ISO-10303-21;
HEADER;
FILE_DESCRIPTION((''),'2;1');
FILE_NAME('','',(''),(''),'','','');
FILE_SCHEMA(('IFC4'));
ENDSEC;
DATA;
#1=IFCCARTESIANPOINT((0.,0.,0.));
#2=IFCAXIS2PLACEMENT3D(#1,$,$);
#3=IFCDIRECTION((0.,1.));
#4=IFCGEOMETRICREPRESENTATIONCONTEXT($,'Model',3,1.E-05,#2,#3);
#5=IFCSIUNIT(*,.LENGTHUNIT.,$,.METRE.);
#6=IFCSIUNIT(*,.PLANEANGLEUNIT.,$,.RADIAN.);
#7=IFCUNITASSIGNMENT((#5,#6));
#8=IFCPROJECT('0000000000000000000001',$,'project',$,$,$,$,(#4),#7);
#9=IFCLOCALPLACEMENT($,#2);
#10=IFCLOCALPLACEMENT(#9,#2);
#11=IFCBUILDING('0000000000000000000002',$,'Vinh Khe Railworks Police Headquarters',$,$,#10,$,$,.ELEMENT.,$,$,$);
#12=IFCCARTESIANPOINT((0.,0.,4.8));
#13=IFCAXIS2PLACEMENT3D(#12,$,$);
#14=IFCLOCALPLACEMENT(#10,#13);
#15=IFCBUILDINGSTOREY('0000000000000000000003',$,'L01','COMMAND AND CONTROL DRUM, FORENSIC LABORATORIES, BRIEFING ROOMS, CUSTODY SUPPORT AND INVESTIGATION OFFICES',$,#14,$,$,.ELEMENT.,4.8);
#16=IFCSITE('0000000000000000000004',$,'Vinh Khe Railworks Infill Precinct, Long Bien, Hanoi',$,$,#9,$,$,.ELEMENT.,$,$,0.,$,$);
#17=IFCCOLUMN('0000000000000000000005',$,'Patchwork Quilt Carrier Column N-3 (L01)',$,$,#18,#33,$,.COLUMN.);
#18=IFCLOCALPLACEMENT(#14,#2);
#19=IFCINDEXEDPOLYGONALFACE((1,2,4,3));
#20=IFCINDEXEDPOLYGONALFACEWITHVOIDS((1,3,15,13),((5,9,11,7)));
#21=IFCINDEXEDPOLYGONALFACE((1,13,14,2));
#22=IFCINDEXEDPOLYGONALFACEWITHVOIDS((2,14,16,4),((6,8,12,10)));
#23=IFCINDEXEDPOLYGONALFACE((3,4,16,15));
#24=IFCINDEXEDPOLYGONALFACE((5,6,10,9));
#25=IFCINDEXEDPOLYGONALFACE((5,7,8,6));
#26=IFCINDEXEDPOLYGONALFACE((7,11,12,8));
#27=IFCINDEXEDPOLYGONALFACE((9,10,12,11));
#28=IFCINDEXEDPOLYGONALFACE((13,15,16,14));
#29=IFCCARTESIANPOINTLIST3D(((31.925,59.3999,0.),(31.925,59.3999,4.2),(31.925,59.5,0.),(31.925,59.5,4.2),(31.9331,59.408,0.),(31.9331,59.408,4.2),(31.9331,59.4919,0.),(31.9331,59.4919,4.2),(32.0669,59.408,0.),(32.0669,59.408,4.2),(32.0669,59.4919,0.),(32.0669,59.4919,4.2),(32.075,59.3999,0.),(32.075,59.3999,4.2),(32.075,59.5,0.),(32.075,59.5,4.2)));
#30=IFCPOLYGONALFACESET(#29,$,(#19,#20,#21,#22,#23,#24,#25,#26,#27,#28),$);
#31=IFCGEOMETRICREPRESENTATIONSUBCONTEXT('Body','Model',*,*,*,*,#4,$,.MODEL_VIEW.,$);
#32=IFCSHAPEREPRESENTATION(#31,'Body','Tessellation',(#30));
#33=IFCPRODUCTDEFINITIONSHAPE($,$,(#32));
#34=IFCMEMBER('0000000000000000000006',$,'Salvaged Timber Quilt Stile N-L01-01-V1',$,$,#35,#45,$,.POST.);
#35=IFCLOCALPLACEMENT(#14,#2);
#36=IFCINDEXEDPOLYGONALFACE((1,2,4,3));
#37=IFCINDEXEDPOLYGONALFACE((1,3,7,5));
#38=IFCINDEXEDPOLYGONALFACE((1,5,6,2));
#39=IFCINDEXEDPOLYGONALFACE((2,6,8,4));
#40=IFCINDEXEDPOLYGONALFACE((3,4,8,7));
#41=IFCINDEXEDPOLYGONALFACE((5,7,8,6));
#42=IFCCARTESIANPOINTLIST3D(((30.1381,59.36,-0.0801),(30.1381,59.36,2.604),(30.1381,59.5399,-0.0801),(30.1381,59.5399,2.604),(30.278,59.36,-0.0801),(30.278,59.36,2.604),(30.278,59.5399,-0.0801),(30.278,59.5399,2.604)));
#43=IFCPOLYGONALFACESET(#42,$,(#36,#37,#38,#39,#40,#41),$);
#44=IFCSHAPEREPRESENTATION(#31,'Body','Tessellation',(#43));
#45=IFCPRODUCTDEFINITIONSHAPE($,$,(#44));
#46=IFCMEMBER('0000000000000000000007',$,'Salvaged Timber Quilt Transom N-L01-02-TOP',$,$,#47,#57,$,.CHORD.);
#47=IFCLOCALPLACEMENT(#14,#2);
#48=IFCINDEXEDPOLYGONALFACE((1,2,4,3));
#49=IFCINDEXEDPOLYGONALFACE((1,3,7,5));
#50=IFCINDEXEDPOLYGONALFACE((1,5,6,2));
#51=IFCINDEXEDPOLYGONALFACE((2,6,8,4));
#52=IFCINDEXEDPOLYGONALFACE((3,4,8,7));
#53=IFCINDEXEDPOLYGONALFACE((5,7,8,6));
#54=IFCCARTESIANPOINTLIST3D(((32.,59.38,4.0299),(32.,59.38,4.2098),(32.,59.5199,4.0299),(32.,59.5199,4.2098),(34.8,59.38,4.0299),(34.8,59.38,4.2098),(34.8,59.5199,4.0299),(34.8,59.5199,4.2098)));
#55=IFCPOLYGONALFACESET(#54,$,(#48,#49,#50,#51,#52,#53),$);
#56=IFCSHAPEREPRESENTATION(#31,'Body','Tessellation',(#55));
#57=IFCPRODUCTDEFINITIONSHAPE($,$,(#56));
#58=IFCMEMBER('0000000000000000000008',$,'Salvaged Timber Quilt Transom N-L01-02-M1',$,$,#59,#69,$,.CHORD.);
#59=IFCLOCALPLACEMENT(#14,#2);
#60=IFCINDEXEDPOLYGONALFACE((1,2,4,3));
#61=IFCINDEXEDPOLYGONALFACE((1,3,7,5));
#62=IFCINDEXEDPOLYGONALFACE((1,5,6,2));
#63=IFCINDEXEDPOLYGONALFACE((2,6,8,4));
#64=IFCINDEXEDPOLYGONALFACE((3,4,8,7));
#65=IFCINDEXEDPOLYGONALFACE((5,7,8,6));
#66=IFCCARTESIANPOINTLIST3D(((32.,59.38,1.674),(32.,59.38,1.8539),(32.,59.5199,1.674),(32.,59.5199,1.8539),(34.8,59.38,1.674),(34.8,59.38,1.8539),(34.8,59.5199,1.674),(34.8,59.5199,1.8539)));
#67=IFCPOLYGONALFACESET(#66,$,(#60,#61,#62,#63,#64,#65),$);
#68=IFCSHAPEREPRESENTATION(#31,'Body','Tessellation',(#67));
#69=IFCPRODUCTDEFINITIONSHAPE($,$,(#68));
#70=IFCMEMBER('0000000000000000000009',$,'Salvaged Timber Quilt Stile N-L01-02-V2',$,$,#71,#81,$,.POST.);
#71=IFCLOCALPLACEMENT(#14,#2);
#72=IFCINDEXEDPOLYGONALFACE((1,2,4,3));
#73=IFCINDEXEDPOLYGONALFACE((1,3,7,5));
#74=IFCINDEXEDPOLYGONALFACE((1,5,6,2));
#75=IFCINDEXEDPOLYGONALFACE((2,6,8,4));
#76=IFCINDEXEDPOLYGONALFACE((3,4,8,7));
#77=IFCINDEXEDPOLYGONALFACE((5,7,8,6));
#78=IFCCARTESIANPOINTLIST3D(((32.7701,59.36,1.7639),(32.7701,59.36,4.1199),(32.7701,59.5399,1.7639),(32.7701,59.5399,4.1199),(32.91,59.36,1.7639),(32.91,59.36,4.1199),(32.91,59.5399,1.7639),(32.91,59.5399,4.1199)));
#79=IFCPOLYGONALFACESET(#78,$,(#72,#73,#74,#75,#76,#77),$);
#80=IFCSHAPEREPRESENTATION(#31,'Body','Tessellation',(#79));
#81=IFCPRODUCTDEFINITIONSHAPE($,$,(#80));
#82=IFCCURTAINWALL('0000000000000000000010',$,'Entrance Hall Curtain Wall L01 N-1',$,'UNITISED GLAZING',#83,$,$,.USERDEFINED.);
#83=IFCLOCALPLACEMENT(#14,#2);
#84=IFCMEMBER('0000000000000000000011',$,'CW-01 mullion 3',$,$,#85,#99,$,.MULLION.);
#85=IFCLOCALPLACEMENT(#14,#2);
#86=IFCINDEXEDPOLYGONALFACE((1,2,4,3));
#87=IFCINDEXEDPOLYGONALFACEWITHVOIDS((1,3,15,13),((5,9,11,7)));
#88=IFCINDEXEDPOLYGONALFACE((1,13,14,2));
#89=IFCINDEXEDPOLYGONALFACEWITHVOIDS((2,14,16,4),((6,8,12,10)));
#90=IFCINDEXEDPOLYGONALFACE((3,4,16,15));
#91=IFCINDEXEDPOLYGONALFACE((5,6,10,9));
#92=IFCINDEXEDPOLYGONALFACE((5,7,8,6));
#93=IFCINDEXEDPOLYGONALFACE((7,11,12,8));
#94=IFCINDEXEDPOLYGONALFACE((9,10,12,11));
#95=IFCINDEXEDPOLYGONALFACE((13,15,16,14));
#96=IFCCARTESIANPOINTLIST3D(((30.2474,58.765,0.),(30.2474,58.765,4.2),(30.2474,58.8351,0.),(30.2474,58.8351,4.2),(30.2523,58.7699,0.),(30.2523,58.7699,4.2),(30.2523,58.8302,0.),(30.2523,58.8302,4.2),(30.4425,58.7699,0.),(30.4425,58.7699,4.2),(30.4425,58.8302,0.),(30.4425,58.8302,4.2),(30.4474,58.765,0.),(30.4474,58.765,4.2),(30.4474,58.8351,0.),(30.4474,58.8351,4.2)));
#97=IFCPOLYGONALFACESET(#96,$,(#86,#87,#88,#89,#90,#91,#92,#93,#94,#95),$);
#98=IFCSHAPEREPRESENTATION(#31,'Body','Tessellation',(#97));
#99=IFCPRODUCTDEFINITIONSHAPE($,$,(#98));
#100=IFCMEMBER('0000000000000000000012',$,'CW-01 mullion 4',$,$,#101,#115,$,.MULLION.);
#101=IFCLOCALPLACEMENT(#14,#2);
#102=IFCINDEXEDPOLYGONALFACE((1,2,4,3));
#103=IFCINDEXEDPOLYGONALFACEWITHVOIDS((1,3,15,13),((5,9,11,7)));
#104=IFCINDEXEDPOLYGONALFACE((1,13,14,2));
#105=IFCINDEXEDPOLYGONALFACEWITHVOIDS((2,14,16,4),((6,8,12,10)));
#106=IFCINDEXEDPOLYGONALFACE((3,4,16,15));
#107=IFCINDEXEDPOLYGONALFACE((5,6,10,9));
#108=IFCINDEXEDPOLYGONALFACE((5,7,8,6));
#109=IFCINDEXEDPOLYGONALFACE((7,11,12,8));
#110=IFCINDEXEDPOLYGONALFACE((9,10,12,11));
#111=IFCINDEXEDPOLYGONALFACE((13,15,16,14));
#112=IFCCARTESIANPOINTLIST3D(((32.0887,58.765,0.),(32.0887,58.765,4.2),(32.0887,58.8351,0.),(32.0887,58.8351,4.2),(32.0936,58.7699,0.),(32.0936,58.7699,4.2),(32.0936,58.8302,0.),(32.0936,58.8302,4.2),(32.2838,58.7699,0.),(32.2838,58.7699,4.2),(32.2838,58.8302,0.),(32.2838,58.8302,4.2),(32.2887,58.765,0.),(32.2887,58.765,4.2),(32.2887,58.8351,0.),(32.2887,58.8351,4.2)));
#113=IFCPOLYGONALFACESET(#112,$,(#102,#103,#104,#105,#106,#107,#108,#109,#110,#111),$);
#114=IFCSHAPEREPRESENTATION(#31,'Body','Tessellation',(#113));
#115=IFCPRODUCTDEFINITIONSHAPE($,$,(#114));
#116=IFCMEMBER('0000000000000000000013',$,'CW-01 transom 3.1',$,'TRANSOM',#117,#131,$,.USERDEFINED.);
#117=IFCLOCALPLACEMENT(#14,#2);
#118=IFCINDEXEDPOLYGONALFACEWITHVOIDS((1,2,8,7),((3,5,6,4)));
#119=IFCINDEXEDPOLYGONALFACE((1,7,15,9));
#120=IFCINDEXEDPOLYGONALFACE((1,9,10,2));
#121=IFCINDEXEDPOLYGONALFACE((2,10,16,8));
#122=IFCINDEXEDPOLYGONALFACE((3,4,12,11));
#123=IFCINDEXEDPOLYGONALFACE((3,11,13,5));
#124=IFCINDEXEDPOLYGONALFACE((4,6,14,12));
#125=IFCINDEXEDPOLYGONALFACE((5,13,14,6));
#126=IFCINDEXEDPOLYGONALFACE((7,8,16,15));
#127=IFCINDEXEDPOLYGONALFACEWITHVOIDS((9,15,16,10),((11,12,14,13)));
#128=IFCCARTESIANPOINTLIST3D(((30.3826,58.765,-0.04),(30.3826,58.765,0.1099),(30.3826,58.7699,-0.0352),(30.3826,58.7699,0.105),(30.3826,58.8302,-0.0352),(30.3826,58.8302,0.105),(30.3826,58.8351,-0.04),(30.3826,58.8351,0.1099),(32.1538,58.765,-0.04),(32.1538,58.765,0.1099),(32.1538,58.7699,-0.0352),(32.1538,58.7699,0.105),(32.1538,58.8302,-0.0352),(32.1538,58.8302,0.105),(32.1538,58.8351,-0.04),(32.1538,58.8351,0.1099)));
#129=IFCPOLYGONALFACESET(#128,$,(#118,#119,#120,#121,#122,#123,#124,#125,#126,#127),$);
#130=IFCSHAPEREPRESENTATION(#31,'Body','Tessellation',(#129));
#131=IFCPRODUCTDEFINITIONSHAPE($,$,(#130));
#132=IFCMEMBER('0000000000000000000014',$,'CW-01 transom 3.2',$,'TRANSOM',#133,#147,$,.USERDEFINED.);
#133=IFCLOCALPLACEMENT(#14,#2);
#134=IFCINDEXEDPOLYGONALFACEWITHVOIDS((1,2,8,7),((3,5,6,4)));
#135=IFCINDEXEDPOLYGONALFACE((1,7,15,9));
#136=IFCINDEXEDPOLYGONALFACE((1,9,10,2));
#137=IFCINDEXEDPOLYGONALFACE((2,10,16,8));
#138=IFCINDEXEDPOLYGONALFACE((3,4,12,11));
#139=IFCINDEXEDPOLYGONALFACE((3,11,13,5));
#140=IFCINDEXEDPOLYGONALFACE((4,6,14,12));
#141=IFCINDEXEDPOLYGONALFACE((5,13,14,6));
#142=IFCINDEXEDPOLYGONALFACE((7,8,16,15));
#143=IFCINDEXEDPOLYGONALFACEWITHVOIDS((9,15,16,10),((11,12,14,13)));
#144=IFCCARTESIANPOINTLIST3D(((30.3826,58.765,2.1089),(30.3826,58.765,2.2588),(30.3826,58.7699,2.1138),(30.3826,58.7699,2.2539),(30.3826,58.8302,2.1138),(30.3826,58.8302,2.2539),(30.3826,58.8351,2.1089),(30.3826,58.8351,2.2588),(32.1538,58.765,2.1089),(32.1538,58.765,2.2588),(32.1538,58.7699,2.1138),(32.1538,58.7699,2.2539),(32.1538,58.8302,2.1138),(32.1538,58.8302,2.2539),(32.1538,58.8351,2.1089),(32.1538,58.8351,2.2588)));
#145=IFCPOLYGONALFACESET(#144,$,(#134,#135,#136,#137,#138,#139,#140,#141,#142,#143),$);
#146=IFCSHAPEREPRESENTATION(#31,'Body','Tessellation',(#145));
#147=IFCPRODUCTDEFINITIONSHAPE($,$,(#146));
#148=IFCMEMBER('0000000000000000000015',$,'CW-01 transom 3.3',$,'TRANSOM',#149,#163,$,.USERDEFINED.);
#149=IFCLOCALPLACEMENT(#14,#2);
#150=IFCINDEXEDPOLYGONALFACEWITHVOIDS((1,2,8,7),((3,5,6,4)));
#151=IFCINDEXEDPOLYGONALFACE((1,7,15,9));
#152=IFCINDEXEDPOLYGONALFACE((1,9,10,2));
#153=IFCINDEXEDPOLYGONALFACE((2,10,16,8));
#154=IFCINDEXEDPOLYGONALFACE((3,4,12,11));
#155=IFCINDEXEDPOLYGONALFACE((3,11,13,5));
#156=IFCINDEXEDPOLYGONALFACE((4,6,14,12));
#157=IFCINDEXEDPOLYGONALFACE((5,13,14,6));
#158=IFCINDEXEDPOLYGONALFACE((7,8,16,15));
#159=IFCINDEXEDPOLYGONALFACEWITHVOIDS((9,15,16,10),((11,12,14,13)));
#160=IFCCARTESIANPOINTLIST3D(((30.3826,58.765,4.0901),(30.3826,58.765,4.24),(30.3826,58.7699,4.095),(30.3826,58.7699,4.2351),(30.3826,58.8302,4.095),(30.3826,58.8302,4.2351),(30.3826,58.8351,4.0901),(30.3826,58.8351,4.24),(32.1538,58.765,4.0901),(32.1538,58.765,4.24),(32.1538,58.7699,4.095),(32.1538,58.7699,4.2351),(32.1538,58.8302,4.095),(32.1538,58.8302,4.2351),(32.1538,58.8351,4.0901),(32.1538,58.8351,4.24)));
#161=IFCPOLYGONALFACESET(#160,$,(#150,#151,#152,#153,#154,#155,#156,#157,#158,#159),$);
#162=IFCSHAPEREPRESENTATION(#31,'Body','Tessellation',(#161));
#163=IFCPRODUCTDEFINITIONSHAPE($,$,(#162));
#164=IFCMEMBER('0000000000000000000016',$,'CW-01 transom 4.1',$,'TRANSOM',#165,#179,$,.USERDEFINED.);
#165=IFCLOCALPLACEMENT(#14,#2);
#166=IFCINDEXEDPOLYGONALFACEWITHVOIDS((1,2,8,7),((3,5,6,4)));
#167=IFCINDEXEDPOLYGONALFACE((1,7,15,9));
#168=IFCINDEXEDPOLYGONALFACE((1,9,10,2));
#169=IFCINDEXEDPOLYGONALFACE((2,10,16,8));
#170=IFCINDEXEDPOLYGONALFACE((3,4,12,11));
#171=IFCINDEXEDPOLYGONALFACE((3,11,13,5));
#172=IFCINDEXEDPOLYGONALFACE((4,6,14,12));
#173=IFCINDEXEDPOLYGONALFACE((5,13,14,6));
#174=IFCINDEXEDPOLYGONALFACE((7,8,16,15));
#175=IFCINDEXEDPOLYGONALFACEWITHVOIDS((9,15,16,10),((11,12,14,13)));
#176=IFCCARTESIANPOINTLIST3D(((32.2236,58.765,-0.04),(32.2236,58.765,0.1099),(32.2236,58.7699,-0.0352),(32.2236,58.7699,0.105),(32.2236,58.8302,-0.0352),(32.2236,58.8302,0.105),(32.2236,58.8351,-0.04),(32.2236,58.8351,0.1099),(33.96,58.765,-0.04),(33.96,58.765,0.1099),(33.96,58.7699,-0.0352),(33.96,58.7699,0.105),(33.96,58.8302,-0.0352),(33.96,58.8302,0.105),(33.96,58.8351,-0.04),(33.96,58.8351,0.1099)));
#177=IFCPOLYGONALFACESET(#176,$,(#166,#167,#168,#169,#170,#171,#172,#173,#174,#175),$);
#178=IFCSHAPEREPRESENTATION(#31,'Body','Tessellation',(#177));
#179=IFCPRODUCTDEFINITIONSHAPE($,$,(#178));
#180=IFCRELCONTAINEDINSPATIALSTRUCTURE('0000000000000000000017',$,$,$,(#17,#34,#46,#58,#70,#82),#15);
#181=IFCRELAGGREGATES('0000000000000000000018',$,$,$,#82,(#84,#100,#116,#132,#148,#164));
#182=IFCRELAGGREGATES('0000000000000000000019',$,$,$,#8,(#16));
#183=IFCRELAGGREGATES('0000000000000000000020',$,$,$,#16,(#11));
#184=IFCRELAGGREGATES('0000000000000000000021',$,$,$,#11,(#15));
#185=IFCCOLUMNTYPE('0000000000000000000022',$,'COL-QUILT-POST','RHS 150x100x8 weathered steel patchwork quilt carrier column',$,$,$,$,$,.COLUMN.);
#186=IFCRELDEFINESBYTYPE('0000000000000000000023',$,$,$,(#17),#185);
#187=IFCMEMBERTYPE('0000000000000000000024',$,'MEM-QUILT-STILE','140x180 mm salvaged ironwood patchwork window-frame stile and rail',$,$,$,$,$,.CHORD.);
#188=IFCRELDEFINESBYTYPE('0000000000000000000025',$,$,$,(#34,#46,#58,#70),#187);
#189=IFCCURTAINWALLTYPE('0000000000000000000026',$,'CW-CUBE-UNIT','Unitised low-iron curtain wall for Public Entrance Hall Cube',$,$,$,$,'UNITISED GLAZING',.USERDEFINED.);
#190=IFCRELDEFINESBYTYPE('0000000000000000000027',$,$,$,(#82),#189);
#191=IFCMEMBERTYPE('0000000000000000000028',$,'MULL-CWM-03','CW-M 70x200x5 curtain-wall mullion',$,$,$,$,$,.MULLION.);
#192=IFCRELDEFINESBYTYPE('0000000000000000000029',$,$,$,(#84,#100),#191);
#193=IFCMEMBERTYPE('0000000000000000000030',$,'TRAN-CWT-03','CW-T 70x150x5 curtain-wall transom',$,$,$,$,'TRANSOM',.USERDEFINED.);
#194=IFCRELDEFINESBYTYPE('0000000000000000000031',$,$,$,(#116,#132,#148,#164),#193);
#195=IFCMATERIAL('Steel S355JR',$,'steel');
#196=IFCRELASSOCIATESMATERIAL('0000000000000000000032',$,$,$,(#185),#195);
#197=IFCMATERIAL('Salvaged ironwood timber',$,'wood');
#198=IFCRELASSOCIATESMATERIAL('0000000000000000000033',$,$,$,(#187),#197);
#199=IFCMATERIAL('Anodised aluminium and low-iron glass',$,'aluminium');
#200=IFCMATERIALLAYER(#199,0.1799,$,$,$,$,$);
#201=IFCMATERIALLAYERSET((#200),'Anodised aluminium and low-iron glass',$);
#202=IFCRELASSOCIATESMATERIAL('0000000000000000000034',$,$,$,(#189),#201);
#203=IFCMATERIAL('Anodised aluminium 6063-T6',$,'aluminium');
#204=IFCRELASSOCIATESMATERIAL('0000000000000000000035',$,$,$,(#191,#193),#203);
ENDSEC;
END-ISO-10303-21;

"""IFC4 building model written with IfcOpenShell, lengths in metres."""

from ifc_helpers import new_model, si_unit, direction, frame, origin, origin_2d, place, context, subcontext, project, spatial, rectangle, hollow_rectangle, extrude, material, layer, layer_set, material_profile, profile_set, type_object, element, aggregate, save


model = new_model("IFC4")

# Units and contexts
model_context = context("Model", 3, precision=1e-05, world=origin(), true_north=direction((0.0, 1.0)))
body_context = subcontext(model_context, "Body", "Model", "MODEL_VIEW")
ifc_project = project(units=[si_unit("LENGTHUNIT", "METRE"), si_unit("PLANEANGLEUNIT", "RADIAN")], contexts=[model_context])

# Site, building, storey
site_placement = place(None, origin())
site = spatial("IfcSite", under=ifc_project, at=site_placement, Name="Vinh Khe Railworks Infill Precinct, Long Bien, Hanoi", CompositionType="ELEMENT", RefElevation=0.0)
building_placement = place(site_placement, origin())
building = spatial("IfcBuilding", under=site, at=building_placement, Name="Vinh Khe Railworks Police Headquarters", CompositionType="ELEMENT")
storey_placement = place(building_placement, frame((0.0, 0.0, 4.8)))
storey = spatial("IfcBuildingStorey", under=building, at=storey_placement, Name="L01", Description="COMMAND AND CONTROL DRUM, FORENSIC LABORATORIES, BRIEFING ROOMS, CUSTODY SUPPORT AND INVESTIGATION OFFICES", CompositionType="ELEMENT", Elevation=4.8)

# Column
ifc_material_1 = material(Name="Steel S355JR", Category="steel")
ifc_material_profile_1 = material_profile(ifc_material_1, hollow_rectangle(XDim=0.1499, YDim=0.1001, WallThickness=0.0081, at=origin_2d()), Name="RHS 150x100x8")
ifc_profile_set_1 = profile_set([ifc_material_profile_1], Name="Steel S355JR")
column_type = type_object("IfcColumnType", Name="COL-QUILT-POST", Description="RHS 150x100x8 weathered steel patchwork quilt carrier column", PredefinedType="COLUMN", material=ifc_profile_set_1)
column_placement = place(storey_placement, frame((32.0, 59.45, 0.0), z_axis=(0.0, 0.0, 1.0), x_axis=(1.0, 0.0, 0.0)))
element("IfcColumn", 1, at=column_placement, inside=storey, type_object=column_type, Name="Patchwork Quilt Carrier Column N-3 (L01)", PredefinedType="COLUMN", context=body_context, shape_type="SweptSolid", body=[
    extrude(hollow_rectangle(XDim=0.1499, YDim=0.1001, WallThickness=0.0081, at=origin_2d()), origin(), (0.0, 0.0, 1.0), 4.2),
])

# Members
ifc_material_2 = material(Name="Salvaged ironwood timber", Category="wood")
ifc_material_profile_2 = material_profile(ifc_material_2, rectangle(XDim=0.1399, YDim=0.1799, at=origin_2d()), Name="TIMBER 140x180")
ifc_profile_set_2 = profile_set([ifc_material_profile_2], Name="Salvaged ironwood timber")
member_type_1 = type_object("IfcMemberType", Name="MEM-QUILT-STILE", Description="140x180 mm salvaged ironwood patchwork window-frame stile and rail", PredefinedType="CHORD", material=ifc_profile_set_2)
member_1_placement = place(storey_placement, frame((30.208, 59.45, -0.0801), z_axis=(0.0, 0.0, 1.0), x_axis=(1.0, 0.0, 0.0)))
element("IfcMember", 2, at=member_1_placement, inside=storey, type_object=member_type_1, Name="Salvaged Timber Quilt Stile N-L01-01-V1", PredefinedType="POST", context=body_context, shape_type="SweptSolid", body=[
    extrude(rectangle(XDim=0.1399, YDim=0.1799, at=origin_2d()), origin(), (0.0, 0.0, 1.0), 2.6841),
])
for number, where, z_axis, x_axis, name in (
    (3, (32.0, 59.45, 4.1199), (1.0, 0.0, 0.0), (0.0, 1.0, 0.0), "Salvaged Timber Quilt Transom N-L01-02-TOP"),
    (4, (32.0, 59.45, 1.7639), (1.0, 0.0, 0.0), (0.0, 1.0, 0.0), "Salvaged Timber Quilt Transom N-L01-02-M1"),
):
    element("IfcMember", number, at=place(storey_placement, frame(where, z_axis=z_axis, x_axis=x_axis)), inside=storey, type_object=member_type_1, Name=name, PredefinedType="CHORD", context=body_context, shape_type="SweptSolid", body=[
        extrude(rectangle(XDim=0.1399, YDim=0.1799, at=origin_2d()), origin(), (0.0, 0.0, 1.0), 2.8),
    ])
member_2_placement = place(storey_placement, frame((32.8401, 59.45, 1.7639), z_axis=(0.0, 0.0, 1.0), x_axis=(1.0, 0.0, 0.0)))
element("IfcMember", 5, at=member_2_placement, inside=storey, type_object=member_type_1, Name="Salvaged Timber Quilt Stile N-L01-02-V2", PredefinedType="POST", context=body_context, shape_type="SweptSolid", body=[
    extrude(rectangle(XDim=0.1399, YDim=0.1799, at=origin_2d()), origin(), (0.0, 0.0, 1.0), 2.356),
])

# Curtain wall, members
ifc_material_3 = material(Name="Anodised aluminium and low-iron glass", Category="aluminium")
ifc_layer_1 = layer(ifc_material_3, 0.1799)
ifc_layer_set_1 = layer_set([ifc_layer_1], Name="Anodised aluminium and low-iron glass")
curtain_wall_type = type_object("IfcCurtainWallType", Name="CW-CUBE-UNIT", Description="Unitised low-iron curtain wall for Public Entrance Hall Cube", ElementType="UNITISED GLAZING", PredefinedType="USERDEFINED", material=ifc_layer_set_1)
curtain_wall_placement = place(storey_placement, origin())
curtain_wall = element("IfcCurtainWall", 6, at=curtain_wall_placement, inside=storey, type_object=curtain_wall_type, Name="Entrance Hall Curtain Wall L01 N-1", ObjectType="UNITISED GLAZING", PredefinedType="USERDEFINED")
ifc_material_4 = material(Name="Anodised aluminium 6063-T6", Category="aluminium")
ifc_material_profile_3 = material_profile(ifc_material_4, hollow_rectangle(XDim=0.0701, YDim=0.2, WallThickness=0.0049, at=origin_2d()), Name="CW-M 70x200x5")
ifc_profile_set_3 = profile_set([ifc_material_profile_3], Name="Anodised aluminium 6063-T6")
member_type_2 = type_object("IfcMemberType", Name="MULL-CWM-03", Description="CW-M 70x200x5 curtain-wall mullion", PredefinedType="MULLION", material=ifc_profile_set_3)
member_3_placement = place(storey_placement, frame((30.3474, 58.8, 0.0), z_axis=(0.0, 0.0, 1.0), x_axis=(0.0, 1.0, 0.0)))
member_3 = element("IfcMember", 7, at=member_3_placement, type_object=member_type_2, Name="CW-01 mullion 3", PredefinedType="MULLION", context=body_context, shape_type="SweptSolid", body=[
    extrude(hollow_rectangle(XDim=0.0701, YDim=0.2, WallThickness=0.0049, at=origin_2d()), origin(), (0.0, 0.0, 1.0), 4.2),
])
member_4_placement = place(storey_placement, frame((32.1887, 58.8, 0.0), z_axis=(0.0, 0.0, 1.0), x_axis=(0.0, 1.0, 0.0)))
member_4 = element("IfcMember", 8, at=member_4_placement, type_object=member_type_2, Name="CW-01 mullion 4", PredefinedType="MULLION", context=body_context, shape_type="SweptSolid", body=[
    extrude(hollow_rectangle(XDim=0.0701, YDim=0.2, WallThickness=0.0049, at=origin_2d()), origin(), (0.0, 0.0, 1.0), 4.2),
])
ifc_material_profile_4 = material_profile(ifc_material_4, hollow_rectangle(XDim=0.0701, YDim=0.1499, WallThickness=0.0049, at=origin_2d()), Name="CW-T 70x150x5")
ifc_profile_set_4 = profile_set([ifc_material_profile_4], Name="Anodised aluminium 6063-T6")
member_type_3 = type_object("IfcMemberType", Name="TRAN-CWT-03", Description="CW-T 70x150x5 curtain-wall transom", ElementType="TRANSOM", PredefinedType="USERDEFINED", material=ifc_profile_set_4)
member_5_placement = place(storey_placement, frame((30.3826, 58.8, 0.0349), z_axis=(1.0, 0.0, 0.0), x_axis=(0.0, 1.0, 0.0)))
member_5 = element("IfcMember", 9, at=member_5_placement, type_object=member_type_3, Name="CW-01 transom 3.1", ObjectType="TRANSOM", PredefinedType="USERDEFINED", context=body_context, shape_type="SweptSolid", body=[
    extrude(hollow_rectangle(XDim=0.0701, YDim=0.1499, WallThickness=0.0049, at=origin_2d()), origin(), (0.0, 0.0, 1.0), 1.7712),
])
member_6_placement = place(storey_placement, frame((30.3826, 58.8, 2.1838), z_axis=(1.0, 0.0, 0.0), x_axis=(0.0, 1.0, 0.0)))
member_6 = element("IfcMember", 10, at=member_6_placement, type_object=member_type_3, Name="CW-01 transom 3.2", ObjectType="TRANSOM", PredefinedType="USERDEFINED", context=body_context, shape_type="SweptSolid", body=[
    extrude(hollow_rectangle(XDim=0.0701, YDim=0.1499, WallThickness=0.0049, at=origin_2d()), origin(), (0.0, 0.0, 1.0), 1.7712),
])
member_7_placement = place(storey_placement, frame((30.3826, 58.8, 4.165), z_axis=(1.0, 0.0, 0.0), x_axis=(0.0, 1.0, 0.0)))
member_7 = element("IfcMember", 11, at=member_7_placement, type_object=member_type_3, Name="CW-01 transom 3.3", ObjectType="TRANSOM", PredefinedType="USERDEFINED", context=body_context, shape_type="SweptSolid", body=[
    extrude(hollow_rectangle(XDim=0.0701, YDim=0.1499, WallThickness=0.0049, at=origin_2d()), origin(), (0.0, 0.0, 1.0), 1.7712),
])
member_8_placement = place(storey_placement, frame((32.2236, 58.8, 0.0349), z_axis=(1.0, 0.0, 0.0), x_axis=(0.0, 1.0, 0.0)))
member_8 = element("IfcMember", 12, at=member_8_placement, type_object=member_type_3, Name="CW-01 transom 4.1", ObjectType="TRANSOM", PredefinedType="USERDEFINED", context=body_context, shape_type="SweptSolid", body=[
    extrude(hollow_rectangle(XDim=0.0701, YDim=0.1499, WallThickness=0.0049, at=origin_2d()), origin(), (0.0, 0.0, 1.0), 1.7363),
])
aggregate(curtain_wall, [member_3, member_4, member_5, member_6, member_7, member_8])

save(model, "model.ifc")
